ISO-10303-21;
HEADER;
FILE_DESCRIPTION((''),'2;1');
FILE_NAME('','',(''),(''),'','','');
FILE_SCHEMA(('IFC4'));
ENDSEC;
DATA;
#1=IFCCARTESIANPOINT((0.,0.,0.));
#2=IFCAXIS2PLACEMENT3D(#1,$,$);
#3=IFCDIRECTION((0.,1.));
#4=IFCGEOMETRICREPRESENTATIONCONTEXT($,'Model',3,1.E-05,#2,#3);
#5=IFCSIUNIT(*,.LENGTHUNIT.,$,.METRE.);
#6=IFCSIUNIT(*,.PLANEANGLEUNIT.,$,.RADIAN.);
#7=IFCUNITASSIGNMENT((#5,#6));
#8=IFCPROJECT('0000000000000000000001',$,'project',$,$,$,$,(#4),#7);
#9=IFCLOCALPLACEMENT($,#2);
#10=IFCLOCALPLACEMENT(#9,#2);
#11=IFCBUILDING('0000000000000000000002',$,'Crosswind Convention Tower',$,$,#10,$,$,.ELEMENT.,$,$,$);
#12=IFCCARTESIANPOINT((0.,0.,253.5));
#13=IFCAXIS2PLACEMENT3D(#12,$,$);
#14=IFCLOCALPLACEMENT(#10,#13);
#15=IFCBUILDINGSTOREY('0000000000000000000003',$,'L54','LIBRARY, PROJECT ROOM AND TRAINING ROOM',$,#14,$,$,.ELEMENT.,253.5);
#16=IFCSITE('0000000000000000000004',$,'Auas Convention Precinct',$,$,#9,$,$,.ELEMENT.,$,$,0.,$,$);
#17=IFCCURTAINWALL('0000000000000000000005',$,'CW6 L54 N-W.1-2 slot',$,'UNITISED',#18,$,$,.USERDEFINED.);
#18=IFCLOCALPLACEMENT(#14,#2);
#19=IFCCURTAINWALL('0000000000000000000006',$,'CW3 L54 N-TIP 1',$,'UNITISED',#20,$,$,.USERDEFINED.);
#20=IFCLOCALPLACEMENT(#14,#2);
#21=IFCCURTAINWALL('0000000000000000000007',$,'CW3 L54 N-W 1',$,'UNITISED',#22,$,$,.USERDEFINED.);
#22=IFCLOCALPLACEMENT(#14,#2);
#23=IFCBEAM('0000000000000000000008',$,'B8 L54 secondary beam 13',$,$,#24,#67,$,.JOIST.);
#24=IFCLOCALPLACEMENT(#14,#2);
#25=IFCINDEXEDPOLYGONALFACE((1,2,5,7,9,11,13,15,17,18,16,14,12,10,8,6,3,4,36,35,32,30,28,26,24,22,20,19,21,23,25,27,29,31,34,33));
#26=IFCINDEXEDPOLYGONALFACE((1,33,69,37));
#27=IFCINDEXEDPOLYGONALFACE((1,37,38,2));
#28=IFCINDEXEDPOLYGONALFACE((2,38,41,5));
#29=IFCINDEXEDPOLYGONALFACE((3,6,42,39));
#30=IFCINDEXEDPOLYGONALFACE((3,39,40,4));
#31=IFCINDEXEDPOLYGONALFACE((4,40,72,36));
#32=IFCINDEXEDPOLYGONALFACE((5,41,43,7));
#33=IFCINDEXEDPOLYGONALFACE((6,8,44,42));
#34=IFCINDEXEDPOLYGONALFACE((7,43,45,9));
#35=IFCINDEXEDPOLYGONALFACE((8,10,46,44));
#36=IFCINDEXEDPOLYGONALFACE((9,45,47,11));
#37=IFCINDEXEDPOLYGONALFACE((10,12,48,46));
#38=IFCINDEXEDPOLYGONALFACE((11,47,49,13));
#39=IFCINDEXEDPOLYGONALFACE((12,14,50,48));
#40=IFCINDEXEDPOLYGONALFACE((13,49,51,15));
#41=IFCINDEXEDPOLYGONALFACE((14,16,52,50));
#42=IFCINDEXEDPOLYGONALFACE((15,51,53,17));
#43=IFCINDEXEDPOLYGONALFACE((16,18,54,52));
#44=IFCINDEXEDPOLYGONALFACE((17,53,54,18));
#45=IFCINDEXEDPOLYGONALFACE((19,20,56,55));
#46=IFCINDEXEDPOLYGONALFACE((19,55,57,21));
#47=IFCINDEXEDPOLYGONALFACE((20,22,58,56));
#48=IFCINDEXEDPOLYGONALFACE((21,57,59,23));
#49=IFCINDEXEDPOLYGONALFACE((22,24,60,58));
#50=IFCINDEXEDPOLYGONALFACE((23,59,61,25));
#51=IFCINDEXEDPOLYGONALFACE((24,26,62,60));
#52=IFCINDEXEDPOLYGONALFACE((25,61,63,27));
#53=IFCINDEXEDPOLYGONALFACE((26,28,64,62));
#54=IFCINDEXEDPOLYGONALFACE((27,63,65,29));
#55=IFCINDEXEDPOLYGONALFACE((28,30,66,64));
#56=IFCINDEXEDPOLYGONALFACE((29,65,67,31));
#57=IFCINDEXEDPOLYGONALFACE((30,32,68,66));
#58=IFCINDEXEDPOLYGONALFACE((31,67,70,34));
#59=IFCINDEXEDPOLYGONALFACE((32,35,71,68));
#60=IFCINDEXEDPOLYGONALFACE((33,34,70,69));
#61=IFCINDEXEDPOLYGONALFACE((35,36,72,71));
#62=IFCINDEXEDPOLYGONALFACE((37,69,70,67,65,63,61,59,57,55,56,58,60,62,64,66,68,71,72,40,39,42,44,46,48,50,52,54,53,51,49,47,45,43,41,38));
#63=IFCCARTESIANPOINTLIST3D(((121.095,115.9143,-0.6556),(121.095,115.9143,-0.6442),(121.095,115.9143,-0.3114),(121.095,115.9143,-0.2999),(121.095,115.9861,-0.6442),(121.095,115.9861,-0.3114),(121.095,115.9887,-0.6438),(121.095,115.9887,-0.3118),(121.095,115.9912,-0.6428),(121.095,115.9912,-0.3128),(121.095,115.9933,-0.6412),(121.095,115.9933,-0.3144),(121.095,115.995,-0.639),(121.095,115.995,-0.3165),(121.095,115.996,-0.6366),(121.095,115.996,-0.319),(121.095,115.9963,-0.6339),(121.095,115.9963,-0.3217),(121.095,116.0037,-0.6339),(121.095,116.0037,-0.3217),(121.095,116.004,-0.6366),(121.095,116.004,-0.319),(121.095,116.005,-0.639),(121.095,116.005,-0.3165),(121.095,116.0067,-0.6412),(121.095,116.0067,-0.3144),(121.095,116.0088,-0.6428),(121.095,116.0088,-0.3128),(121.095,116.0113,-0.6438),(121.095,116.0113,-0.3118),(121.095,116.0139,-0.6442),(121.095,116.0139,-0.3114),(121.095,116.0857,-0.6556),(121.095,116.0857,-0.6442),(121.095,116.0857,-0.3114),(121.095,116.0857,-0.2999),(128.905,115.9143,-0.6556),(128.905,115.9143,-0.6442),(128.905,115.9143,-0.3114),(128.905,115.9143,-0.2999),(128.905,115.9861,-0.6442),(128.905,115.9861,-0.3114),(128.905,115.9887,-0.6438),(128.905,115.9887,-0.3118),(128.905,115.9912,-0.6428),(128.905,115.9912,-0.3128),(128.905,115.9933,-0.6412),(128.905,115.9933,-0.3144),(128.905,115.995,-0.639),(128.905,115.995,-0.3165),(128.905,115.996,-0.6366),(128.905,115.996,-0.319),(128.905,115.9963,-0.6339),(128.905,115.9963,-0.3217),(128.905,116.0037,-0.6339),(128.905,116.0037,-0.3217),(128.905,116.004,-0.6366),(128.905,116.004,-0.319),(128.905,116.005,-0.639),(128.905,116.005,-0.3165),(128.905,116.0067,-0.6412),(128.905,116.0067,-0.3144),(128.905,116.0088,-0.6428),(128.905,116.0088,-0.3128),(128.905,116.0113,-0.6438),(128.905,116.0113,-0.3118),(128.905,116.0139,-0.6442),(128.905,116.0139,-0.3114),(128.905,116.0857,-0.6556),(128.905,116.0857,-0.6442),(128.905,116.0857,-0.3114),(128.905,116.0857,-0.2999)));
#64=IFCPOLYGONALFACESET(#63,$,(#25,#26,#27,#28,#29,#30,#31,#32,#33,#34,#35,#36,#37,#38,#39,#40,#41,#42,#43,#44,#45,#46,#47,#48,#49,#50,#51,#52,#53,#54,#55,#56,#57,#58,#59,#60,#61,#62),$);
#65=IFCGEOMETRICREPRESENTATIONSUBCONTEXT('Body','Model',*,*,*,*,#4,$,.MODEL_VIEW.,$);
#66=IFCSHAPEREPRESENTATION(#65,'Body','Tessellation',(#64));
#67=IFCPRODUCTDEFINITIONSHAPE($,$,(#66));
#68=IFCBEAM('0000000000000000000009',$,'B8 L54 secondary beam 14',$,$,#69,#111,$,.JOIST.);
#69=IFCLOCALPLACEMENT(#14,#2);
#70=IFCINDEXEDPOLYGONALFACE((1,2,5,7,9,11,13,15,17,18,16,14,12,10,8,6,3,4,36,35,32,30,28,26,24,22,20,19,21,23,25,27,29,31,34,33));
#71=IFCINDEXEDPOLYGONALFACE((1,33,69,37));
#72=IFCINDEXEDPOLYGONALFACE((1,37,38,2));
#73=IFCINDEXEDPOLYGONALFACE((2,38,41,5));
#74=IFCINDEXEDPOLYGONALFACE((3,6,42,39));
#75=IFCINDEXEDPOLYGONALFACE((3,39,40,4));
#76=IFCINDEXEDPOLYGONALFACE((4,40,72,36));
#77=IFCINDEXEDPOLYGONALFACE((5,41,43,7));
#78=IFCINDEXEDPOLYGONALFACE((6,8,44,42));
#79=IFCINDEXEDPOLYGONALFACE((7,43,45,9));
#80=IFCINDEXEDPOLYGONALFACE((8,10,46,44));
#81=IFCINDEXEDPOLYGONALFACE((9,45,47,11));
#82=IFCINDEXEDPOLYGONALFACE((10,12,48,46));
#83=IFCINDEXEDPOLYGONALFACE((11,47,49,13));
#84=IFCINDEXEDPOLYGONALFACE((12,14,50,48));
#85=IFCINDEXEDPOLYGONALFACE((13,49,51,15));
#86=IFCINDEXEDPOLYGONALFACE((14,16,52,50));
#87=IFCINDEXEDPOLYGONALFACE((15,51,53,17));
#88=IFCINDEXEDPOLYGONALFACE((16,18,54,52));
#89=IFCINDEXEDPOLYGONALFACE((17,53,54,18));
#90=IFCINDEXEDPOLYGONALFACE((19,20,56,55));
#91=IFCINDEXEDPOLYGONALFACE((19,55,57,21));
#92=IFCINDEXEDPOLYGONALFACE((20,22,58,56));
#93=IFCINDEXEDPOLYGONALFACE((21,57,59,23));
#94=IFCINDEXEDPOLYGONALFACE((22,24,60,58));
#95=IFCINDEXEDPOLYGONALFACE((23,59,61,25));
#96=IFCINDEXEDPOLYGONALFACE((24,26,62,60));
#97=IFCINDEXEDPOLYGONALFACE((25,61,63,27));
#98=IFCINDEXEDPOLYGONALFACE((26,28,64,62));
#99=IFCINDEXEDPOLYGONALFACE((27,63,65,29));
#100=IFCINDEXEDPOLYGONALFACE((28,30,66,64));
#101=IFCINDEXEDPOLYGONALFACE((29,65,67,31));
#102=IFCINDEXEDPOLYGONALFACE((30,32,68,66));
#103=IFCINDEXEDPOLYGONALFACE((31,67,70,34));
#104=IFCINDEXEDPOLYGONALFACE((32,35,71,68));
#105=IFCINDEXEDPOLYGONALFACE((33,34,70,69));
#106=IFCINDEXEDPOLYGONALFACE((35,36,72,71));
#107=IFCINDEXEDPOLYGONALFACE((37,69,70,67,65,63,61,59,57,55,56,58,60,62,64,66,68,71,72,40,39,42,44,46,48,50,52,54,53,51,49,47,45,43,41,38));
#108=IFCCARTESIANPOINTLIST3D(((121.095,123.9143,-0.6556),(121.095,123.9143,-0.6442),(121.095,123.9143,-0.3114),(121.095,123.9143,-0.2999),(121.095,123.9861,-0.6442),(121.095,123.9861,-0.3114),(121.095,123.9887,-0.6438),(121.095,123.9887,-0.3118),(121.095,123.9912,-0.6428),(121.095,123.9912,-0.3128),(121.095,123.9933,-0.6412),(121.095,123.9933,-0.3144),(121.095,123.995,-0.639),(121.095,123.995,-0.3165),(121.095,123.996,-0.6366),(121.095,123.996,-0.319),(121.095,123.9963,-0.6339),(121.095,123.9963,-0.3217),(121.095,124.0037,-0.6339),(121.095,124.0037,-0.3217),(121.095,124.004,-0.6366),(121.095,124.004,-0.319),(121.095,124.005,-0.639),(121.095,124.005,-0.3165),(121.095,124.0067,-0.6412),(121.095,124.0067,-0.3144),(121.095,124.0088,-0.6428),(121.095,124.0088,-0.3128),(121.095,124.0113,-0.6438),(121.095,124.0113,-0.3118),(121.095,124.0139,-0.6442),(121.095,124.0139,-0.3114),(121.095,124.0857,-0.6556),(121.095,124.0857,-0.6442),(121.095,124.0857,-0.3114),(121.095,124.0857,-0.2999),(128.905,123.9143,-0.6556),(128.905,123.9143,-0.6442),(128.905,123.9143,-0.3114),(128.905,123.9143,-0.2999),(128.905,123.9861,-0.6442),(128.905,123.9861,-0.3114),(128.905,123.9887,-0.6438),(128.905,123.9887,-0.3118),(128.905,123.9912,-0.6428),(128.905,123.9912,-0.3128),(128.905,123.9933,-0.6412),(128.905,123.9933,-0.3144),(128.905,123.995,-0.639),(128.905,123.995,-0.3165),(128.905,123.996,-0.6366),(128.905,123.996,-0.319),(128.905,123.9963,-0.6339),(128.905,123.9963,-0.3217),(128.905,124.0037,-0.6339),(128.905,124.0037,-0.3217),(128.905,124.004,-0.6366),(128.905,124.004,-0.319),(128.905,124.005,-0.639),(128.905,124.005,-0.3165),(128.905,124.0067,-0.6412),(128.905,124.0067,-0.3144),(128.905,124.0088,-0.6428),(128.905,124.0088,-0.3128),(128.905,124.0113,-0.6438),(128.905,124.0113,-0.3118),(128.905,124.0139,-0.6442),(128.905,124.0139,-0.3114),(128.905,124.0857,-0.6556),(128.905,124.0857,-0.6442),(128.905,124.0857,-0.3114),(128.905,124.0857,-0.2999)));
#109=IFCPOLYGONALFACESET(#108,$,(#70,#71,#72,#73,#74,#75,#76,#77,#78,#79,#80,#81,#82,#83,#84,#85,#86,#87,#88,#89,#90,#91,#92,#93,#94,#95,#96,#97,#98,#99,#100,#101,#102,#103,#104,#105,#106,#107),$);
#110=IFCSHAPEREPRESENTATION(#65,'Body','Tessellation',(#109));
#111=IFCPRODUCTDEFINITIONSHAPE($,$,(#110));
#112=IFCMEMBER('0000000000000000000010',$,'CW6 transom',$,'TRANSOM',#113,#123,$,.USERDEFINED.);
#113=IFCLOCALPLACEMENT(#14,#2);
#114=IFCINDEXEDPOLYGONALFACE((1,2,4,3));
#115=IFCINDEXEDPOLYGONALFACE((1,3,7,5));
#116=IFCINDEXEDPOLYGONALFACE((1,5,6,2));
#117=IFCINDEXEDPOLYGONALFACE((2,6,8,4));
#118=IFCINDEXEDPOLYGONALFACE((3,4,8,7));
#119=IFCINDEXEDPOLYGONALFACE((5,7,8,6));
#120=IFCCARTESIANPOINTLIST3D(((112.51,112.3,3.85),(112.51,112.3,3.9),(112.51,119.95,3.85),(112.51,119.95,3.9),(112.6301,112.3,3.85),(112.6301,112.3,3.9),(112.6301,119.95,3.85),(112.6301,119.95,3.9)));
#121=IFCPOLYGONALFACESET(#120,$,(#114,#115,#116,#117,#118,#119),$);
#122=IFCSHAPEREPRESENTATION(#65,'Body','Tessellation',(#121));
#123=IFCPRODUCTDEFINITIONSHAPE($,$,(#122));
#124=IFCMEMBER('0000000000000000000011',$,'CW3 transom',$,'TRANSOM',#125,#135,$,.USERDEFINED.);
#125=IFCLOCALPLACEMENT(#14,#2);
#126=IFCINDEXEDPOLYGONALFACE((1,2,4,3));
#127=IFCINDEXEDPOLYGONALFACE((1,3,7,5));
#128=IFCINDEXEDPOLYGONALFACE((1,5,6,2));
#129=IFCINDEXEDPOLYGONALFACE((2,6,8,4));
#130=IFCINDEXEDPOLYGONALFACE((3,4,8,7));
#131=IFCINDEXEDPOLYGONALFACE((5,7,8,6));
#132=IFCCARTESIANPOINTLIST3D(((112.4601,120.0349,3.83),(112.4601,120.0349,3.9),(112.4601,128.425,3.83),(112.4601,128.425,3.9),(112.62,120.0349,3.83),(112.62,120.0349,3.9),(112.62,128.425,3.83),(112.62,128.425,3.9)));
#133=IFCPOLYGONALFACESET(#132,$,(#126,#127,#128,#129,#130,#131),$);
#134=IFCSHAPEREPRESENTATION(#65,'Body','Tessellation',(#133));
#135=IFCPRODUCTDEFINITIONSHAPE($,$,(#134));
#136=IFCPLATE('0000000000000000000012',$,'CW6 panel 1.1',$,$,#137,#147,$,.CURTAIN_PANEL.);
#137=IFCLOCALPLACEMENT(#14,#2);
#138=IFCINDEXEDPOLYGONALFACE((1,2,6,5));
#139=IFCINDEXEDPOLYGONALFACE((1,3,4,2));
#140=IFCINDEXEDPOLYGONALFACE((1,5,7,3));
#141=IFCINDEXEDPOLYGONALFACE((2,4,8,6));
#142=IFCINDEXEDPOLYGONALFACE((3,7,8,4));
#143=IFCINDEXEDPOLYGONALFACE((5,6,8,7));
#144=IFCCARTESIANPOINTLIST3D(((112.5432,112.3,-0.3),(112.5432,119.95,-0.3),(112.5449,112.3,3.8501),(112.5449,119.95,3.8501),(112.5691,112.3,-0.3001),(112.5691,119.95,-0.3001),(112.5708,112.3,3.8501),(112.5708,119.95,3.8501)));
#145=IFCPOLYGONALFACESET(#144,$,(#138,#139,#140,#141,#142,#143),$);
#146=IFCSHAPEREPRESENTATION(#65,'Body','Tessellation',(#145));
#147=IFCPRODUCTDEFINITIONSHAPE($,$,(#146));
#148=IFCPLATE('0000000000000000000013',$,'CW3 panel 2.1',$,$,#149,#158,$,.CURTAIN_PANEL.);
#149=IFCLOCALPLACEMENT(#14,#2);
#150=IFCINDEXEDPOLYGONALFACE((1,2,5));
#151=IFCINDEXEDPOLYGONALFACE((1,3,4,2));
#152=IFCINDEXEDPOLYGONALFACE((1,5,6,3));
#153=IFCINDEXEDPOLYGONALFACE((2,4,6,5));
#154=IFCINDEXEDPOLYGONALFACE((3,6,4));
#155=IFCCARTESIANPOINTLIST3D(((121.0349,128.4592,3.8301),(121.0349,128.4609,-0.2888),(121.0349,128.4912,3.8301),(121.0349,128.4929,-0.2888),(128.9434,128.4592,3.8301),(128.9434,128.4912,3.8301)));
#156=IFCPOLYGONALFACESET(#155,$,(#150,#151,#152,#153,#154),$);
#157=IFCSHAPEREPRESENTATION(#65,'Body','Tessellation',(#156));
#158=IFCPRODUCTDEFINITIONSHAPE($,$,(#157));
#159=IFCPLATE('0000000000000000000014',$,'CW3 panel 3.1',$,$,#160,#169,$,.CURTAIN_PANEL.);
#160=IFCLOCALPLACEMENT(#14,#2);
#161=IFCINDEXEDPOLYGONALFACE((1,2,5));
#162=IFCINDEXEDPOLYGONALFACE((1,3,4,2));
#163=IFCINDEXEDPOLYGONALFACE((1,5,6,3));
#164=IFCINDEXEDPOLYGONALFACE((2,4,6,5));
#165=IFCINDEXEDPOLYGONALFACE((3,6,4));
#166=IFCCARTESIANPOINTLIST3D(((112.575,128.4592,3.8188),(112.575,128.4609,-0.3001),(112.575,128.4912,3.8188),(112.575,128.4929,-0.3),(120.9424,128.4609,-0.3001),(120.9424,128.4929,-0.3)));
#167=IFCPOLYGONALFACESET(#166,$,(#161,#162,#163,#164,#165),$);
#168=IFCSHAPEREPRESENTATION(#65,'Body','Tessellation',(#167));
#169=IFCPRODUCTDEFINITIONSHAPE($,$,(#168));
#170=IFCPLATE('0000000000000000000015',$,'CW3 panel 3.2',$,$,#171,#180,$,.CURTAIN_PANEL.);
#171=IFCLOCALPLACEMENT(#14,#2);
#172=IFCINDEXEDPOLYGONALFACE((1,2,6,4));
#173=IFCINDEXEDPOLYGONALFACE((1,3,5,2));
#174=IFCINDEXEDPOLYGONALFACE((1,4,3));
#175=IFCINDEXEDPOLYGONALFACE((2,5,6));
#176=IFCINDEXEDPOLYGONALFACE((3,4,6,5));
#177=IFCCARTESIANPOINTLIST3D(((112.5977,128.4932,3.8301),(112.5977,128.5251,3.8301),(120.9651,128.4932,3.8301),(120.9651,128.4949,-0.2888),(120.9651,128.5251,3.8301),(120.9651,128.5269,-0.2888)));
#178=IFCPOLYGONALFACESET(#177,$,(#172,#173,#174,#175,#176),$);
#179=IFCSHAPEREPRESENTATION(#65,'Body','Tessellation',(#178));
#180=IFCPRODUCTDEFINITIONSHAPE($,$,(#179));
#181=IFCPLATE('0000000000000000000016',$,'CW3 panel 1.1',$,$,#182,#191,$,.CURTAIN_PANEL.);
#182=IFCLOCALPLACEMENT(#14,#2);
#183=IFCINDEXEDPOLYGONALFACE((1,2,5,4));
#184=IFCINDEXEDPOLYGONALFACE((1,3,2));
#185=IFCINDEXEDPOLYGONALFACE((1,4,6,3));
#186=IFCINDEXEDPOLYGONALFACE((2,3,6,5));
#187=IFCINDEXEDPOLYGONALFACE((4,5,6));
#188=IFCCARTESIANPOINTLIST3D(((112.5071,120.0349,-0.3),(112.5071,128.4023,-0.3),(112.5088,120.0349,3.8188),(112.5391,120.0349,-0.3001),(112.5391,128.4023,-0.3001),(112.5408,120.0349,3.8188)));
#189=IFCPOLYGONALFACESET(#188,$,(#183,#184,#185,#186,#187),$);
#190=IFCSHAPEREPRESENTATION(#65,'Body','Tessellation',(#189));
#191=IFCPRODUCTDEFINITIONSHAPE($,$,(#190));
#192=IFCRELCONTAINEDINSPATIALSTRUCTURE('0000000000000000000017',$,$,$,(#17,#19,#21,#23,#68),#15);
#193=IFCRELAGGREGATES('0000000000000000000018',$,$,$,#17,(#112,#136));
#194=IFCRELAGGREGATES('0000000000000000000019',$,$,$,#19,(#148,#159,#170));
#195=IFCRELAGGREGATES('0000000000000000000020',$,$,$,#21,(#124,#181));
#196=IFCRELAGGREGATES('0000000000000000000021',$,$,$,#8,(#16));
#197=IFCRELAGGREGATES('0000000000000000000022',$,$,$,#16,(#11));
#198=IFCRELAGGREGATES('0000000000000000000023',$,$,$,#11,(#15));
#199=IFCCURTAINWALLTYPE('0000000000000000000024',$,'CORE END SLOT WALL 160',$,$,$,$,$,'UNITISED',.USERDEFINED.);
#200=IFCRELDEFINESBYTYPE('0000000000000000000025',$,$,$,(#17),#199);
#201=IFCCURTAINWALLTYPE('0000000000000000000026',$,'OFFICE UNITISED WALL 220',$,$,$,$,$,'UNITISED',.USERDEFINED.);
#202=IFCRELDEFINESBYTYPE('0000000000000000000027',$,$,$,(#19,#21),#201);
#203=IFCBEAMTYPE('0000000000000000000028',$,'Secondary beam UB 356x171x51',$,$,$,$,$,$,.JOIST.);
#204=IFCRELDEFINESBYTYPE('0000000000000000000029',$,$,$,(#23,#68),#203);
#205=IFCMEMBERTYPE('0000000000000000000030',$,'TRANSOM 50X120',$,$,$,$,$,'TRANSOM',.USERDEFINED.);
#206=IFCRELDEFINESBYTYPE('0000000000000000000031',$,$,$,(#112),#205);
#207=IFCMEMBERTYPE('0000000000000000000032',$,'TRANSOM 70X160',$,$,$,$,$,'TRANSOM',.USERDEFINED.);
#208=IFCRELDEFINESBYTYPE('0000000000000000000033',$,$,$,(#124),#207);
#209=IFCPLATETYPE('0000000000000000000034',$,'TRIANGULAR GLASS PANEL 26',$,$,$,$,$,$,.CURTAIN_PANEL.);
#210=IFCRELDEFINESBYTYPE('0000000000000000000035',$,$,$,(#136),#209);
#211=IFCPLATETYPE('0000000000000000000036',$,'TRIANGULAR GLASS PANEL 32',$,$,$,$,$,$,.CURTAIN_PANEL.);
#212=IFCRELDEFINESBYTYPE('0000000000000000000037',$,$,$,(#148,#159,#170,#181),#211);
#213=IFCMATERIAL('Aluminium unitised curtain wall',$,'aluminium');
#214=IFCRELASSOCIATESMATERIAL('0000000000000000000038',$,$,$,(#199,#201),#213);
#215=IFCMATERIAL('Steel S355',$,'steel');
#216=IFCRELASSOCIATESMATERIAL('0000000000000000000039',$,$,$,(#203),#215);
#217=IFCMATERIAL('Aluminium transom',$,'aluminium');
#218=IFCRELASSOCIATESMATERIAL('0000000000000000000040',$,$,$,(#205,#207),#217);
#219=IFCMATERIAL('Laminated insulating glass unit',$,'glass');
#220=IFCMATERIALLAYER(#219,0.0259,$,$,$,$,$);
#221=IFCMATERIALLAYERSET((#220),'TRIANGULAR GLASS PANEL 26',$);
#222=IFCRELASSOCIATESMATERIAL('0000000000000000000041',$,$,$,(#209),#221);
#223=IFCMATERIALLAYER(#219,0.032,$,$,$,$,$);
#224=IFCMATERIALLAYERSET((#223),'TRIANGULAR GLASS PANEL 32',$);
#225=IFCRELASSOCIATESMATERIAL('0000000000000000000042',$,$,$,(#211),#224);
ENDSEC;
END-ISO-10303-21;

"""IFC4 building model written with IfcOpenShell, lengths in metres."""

from ifc_helpers import new_model, si_unit, direction, frame, origin, origin_2d, place, context, subcontext, project, spatial, polyline, rectangle, i_section, outline, extrude, material, layer, layer_set, material_profile, profile_set, type_object, element, aggregate, save


model = new_model("IFC4")

# Units and contexts
model_context = context("Model", 3, precision=1e-05, world=origin(), true_north=direction((0.0, 1.0)))
body_context = subcontext(model_context, "Body", "Model", "MODEL_VIEW")
ifc_project = project(units=[si_unit("LENGTHUNIT", "METRE"), si_unit("PLANEANGLEUNIT", "RADIAN")], contexts=[model_context])

# Site, building, storey
site_placement = place(None, origin())
site = spatial("IfcSite", under=ifc_project, at=site_placement, Name="Auas Convention Precinct", CompositionType="ELEMENT", RefElevation=0.0)
building_placement = place(site_placement, origin())
building = spatial("IfcBuilding", under=site, at=building_placement, Name="Crosswind Convention Tower", CompositionType="ELEMENT")
storey_placement = place(building_placement, frame((0.0, 0.0, 253.5)))
storey = spatial("IfcBuildingStorey", under=building, at=storey_placement, Name="L54", Description="LIBRARY, PROJECT ROOM AND TRAINING ROOM", CompositionType="ELEMENT", Elevation=253.5)

# Shared definitions
ifc_material_1 = material(Name="Steel S355", Category="steel")

# Curtain walls
ifc_material_2 = material(Name="Aluminium unitised curtain wall", Category="aluminium")
curtain_wall_type_1 = type_object("IfcCurtainWallType", Name="CORE END SLOT WALL 160", ElementType="UNITISED", PredefinedType="USERDEFINED", material=ifc_material_2)
curtain_wall_1_placement = place(storey_placement, origin())
curtain_wall_1 = element("IfcCurtainWall", 1, at=curtain_wall_1_placement, inside=storey, type_object=curtain_wall_type_1, Name="CW6 L54 N-W.1-2 slot", ObjectType="UNITISED", PredefinedType="USERDEFINED")
curtain_wall_type_2 = type_object("IfcCurtainWallType", Name="OFFICE UNITISED WALL 220", ElementType="UNITISED", PredefinedType="USERDEFINED", material=ifc_material_2)
curtain_wall_2_placement = place(storey_placement, origin())
curtain_wall_2 = element("IfcCurtainWall", 2, at=curtain_wall_2_placement, inside=storey, type_object=curtain_wall_type_2, Name="CW3 L54 N-TIP 1", ObjectType="UNITISED", PredefinedType="USERDEFINED")

# Curtain wall
curtain_wall_3_placement = place(storey_placement, origin())
curtain_wall_3 = element("IfcCurtainWall", 3, at=curtain_wall_3_placement, inside=storey, type_object=curtain_wall_type_2, Name="CW3 L54 N-W 1", ObjectType="UNITISED", PredefinedType="USERDEFINED")

# Beams
ifc_material_profile_1 = material_profile(ifc_material_1, i_section(OverallWidth=0.1714, OverallDepth=0.3557, WebThickness=0.0073, FlangeThickness=0.0115, FilletRadius=0.0103, at=origin_2d()), Name="UB 356x171x51")
ifc_profile_set_1 = profile_set([ifc_material_profile_1], Name="Steel S355")
beam_type_1 = type_object("IfcBeamType", Name="Secondary beam UB 356x171x51", PredefinedType="JOIST", material=ifc_profile_set_1)
for number, where, z_axis, x_axis, name in (
    (4, (121.095, 116.0, -0.4778), (1.0, 0.0, 0.0), (0.0, 1.0, 0.0), "B8 L54 secondary beam 13"),
    (5, (121.095, 124.0, -0.4778), (1.0, 0.0, 0.0), (0.0, 1.0, 0.0), "B8 L54 secondary beam 14"),
):
    element("IfcBeam", number, at=place(storey_placement, frame(where, z_axis=z_axis, x_axis=x_axis)), inside=storey, type_object=beam_type_1, Name=name, PredefinedType="JOIST", context=body_context, shape_type="SweptSolid", body=[
        extrude(i_section(OverallWidth=0.1714, OverallDepth=0.3557, WebThickness=0.0073, FlangeThickness=0.0115, FilletRadius=0.0103, at=origin_2d()), origin(), (0.0, 0.0, 1.0), 7.8101),
    ])

# Members
ifc_material_3 = material(Name="Aluminium transom", Category="aluminium")
ifc_material_profile_2 = material_profile(ifc_material_3, rectangle(XDim=0.1201, YDim=0.05, at=origin_2d()), Name="AL 120X50")
ifc_profile_set_2 = profile_set([ifc_material_profile_2], Name="Aluminium transom")
member_type_1 = type_object("IfcMemberType", Name="TRANSOM 50X120", ElementType="TRANSOM", PredefinedType="USERDEFINED", material=ifc_profile_set_2)
member_1_placement = place(storey_placement, frame((112.5701, 119.95, 3.875), z_axis=(0.0, -1.0, 0.0), x_axis=(1.0, 0.0, 0.0)))
member_1 = element("IfcMember", 6, at=member_1_placement, type_object=member_type_1, Name="CW6 transom", ObjectType="TRANSOM", PredefinedType="USERDEFINED", context=body_context, shape_type="SweptSolid", body=[
    extrude(rectangle(XDim=0.1201, YDim=0.05, at=origin_2d()), origin(), (0.0, 0.0, 1.0), 7.6499),
])
ifc_material_profile_3 = material_profile(ifc_material_3, rectangle(XDim=0.1599, YDim=0.0701, at=origin_2d()), Name="AL 160X70")
ifc_profile_set_3 = profile_set([ifc_material_profile_3], Name="Aluminium transom")
member_type_2 = type_object("IfcMemberType", Name="TRANSOM 70X160", ElementType="TRANSOM", PredefinedType="USERDEFINED", material=ifc_profile_set_3)
member_2_placement = place(storey_placement, frame((112.54, 128.425, 3.865), z_axis=(0.0, -1.0, 0.0), x_axis=(1.0, 0.0, 0.0)))
member_2 = element("IfcMember", 7, at=member_2_placement, type_object=member_type_2, Name="CW3 transom", ObjectType="TRANSOM", PredefinedType="USERDEFINED", context=body_context, shape_type="SweptSolid", body=[
    extrude(rectangle(XDim=0.1599, YDim=0.0701, at=origin_2d()), origin(), (0.0, 0.0, 1.0), 8.3901),
])

# Plates
ifc_material_4 = material(Name="Laminated insulating glass unit", Category="glass")
ifc_layer_1 = layer(ifc_material_4, 0.0259)
ifc_layer_set_1 = layer_set([ifc_layer_1], Name="TRIANGULAR GLASS PANEL 26")
plate_type_1 = type_object("IfcPlateType", Name="TRIANGULAR GLASS PANEL 26", PredefinedType="CURTAIN_PANEL", material=ifc_layer_set_1)
plate_1_placement = place(storey_placement, frame((112.5432, 119.95, -0.3), z_axis=(-1.0, 0.0, 0.000412), x_axis=(0.0, -1.0, 0.0)))
plate_1 = element("IfcPlate", 8, at=plate_1_placement, type_object=plate_type_1, Name="CW6 panel 1.1", PredefinedType="CURTAIN_PANEL", context=body_context, shape_type="SweptSolid", body=[
    extrude(outline(polyline([(0.0, 0.0), (7.6499, 0.0), (7.6499, 4.1501), (0.0, 4.1501), (0.0, 0.0)])), origin(), (0.0, 0.0, -1.0), 0.0259),
])
aggregate(curtain_wall_1, [member_1, plate_1])
ifc_layer_2 = layer(ifc_material_4, 0.032)
ifc_layer_set_2 = layer_set([ifc_layer_2], Name="TRIANGULAR GLASS PANEL 32")
plate_type_2 = type_object("IfcPlateType", Name="TRIANGULAR GLASS PANEL 32", PredefinedType="CURTAIN_PANEL", material=ifc_layer_set_2)
plate_2_placement = place(storey_placement, frame((121.0349, 128.4912, 3.8301), z_axis=(0.0, 1.0, 0.000415), x_axis=(1.0, 0.0, 0.0)))
plate_2 = element("IfcPlate", 9, at=plate_2_placement, type_object=plate_type_2, Name="CW3 panel 2.1", PredefinedType="CURTAIN_PANEL", context=body_context, shape_type="SweptSolid", body=[
    extrude(outline(polyline([(0.0, 0.0), (7.9084, 0.0), (0.0, 4.1189), (0.0, 0.0)])), origin(), (0.0, 0.0, -1.0), 0.032),
])
plate_3_placement = place(storey_placement, frame((112.575, 128.4929, -0.3), z_axis=(0.0, 1.0, 0.000415), x_axis=(0.0, -0.000415, 1.0)))
plate_3 = element("IfcPlate", 10, at=plate_3_placement, type_object=plate_type_2, Name="CW3 panel 3.1", PredefinedType="CURTAIN_PANEL", context=body_context, shape_type="SweptSolid", body=[
    extrude(outline(polyline([(0.0, 0.0), (4.1189, 0.0), (0.0, 8.3674), (0.0, 0.0)])), origin(), (0.0, 0.0, -1.0), 0.032),
])
plate_4_placement = place(storey_placement, frame((120.9651, 128.5251, 3.8301), z_axis=(0.0, 1.0, 0.000415), x_axis=(0.0, 0.000415, -1.0)))
plate_4 = element("IfcPlate", 11, at=plate_4_placement, type_object=plate_type_2, Name="CW3 panel 3.2", PredefinedType="CURTAIN_PANEL", context=body_context, shape_type="SweptSolid", body=[
    extrude(outline(polyline([(0.0, 0.0), (4.1189, 0.0), (0.0, 8.3674), (0.0, 0.0)])), origin(), (0.0, 0.0, -1.0), 0.032),
])
aggregate(curtain_wall_2, [plate_2, plate_3, plate_4])
plate_5_placement = place(storey_placement, frame((112.5071, 120.0349, -0.3), z_axis=(-1.0, 0.0, 0.000415), x_axis=(0.000415, 0.0, 1.0)))
plate_5 = element("IfcPlate", 12, at=plate_5_placement, type_object=plate_type_2, Name="CW3 panel 1.1", PredefinedType="CURTAIN_PANEL", context=body_context, shape_type="SweptSolid", body=[
    extrude(outline(polyline([(0.0, 0.0), (4.1189, 0.0), (0.0, 8.3674), (0.0, 0.0)])), origin(), (0.0, 0.0, -1.0), 0.032),
])

aggregate(curtain_wall_3, [member_2, plate_5])

save(model, "model.ifc")
